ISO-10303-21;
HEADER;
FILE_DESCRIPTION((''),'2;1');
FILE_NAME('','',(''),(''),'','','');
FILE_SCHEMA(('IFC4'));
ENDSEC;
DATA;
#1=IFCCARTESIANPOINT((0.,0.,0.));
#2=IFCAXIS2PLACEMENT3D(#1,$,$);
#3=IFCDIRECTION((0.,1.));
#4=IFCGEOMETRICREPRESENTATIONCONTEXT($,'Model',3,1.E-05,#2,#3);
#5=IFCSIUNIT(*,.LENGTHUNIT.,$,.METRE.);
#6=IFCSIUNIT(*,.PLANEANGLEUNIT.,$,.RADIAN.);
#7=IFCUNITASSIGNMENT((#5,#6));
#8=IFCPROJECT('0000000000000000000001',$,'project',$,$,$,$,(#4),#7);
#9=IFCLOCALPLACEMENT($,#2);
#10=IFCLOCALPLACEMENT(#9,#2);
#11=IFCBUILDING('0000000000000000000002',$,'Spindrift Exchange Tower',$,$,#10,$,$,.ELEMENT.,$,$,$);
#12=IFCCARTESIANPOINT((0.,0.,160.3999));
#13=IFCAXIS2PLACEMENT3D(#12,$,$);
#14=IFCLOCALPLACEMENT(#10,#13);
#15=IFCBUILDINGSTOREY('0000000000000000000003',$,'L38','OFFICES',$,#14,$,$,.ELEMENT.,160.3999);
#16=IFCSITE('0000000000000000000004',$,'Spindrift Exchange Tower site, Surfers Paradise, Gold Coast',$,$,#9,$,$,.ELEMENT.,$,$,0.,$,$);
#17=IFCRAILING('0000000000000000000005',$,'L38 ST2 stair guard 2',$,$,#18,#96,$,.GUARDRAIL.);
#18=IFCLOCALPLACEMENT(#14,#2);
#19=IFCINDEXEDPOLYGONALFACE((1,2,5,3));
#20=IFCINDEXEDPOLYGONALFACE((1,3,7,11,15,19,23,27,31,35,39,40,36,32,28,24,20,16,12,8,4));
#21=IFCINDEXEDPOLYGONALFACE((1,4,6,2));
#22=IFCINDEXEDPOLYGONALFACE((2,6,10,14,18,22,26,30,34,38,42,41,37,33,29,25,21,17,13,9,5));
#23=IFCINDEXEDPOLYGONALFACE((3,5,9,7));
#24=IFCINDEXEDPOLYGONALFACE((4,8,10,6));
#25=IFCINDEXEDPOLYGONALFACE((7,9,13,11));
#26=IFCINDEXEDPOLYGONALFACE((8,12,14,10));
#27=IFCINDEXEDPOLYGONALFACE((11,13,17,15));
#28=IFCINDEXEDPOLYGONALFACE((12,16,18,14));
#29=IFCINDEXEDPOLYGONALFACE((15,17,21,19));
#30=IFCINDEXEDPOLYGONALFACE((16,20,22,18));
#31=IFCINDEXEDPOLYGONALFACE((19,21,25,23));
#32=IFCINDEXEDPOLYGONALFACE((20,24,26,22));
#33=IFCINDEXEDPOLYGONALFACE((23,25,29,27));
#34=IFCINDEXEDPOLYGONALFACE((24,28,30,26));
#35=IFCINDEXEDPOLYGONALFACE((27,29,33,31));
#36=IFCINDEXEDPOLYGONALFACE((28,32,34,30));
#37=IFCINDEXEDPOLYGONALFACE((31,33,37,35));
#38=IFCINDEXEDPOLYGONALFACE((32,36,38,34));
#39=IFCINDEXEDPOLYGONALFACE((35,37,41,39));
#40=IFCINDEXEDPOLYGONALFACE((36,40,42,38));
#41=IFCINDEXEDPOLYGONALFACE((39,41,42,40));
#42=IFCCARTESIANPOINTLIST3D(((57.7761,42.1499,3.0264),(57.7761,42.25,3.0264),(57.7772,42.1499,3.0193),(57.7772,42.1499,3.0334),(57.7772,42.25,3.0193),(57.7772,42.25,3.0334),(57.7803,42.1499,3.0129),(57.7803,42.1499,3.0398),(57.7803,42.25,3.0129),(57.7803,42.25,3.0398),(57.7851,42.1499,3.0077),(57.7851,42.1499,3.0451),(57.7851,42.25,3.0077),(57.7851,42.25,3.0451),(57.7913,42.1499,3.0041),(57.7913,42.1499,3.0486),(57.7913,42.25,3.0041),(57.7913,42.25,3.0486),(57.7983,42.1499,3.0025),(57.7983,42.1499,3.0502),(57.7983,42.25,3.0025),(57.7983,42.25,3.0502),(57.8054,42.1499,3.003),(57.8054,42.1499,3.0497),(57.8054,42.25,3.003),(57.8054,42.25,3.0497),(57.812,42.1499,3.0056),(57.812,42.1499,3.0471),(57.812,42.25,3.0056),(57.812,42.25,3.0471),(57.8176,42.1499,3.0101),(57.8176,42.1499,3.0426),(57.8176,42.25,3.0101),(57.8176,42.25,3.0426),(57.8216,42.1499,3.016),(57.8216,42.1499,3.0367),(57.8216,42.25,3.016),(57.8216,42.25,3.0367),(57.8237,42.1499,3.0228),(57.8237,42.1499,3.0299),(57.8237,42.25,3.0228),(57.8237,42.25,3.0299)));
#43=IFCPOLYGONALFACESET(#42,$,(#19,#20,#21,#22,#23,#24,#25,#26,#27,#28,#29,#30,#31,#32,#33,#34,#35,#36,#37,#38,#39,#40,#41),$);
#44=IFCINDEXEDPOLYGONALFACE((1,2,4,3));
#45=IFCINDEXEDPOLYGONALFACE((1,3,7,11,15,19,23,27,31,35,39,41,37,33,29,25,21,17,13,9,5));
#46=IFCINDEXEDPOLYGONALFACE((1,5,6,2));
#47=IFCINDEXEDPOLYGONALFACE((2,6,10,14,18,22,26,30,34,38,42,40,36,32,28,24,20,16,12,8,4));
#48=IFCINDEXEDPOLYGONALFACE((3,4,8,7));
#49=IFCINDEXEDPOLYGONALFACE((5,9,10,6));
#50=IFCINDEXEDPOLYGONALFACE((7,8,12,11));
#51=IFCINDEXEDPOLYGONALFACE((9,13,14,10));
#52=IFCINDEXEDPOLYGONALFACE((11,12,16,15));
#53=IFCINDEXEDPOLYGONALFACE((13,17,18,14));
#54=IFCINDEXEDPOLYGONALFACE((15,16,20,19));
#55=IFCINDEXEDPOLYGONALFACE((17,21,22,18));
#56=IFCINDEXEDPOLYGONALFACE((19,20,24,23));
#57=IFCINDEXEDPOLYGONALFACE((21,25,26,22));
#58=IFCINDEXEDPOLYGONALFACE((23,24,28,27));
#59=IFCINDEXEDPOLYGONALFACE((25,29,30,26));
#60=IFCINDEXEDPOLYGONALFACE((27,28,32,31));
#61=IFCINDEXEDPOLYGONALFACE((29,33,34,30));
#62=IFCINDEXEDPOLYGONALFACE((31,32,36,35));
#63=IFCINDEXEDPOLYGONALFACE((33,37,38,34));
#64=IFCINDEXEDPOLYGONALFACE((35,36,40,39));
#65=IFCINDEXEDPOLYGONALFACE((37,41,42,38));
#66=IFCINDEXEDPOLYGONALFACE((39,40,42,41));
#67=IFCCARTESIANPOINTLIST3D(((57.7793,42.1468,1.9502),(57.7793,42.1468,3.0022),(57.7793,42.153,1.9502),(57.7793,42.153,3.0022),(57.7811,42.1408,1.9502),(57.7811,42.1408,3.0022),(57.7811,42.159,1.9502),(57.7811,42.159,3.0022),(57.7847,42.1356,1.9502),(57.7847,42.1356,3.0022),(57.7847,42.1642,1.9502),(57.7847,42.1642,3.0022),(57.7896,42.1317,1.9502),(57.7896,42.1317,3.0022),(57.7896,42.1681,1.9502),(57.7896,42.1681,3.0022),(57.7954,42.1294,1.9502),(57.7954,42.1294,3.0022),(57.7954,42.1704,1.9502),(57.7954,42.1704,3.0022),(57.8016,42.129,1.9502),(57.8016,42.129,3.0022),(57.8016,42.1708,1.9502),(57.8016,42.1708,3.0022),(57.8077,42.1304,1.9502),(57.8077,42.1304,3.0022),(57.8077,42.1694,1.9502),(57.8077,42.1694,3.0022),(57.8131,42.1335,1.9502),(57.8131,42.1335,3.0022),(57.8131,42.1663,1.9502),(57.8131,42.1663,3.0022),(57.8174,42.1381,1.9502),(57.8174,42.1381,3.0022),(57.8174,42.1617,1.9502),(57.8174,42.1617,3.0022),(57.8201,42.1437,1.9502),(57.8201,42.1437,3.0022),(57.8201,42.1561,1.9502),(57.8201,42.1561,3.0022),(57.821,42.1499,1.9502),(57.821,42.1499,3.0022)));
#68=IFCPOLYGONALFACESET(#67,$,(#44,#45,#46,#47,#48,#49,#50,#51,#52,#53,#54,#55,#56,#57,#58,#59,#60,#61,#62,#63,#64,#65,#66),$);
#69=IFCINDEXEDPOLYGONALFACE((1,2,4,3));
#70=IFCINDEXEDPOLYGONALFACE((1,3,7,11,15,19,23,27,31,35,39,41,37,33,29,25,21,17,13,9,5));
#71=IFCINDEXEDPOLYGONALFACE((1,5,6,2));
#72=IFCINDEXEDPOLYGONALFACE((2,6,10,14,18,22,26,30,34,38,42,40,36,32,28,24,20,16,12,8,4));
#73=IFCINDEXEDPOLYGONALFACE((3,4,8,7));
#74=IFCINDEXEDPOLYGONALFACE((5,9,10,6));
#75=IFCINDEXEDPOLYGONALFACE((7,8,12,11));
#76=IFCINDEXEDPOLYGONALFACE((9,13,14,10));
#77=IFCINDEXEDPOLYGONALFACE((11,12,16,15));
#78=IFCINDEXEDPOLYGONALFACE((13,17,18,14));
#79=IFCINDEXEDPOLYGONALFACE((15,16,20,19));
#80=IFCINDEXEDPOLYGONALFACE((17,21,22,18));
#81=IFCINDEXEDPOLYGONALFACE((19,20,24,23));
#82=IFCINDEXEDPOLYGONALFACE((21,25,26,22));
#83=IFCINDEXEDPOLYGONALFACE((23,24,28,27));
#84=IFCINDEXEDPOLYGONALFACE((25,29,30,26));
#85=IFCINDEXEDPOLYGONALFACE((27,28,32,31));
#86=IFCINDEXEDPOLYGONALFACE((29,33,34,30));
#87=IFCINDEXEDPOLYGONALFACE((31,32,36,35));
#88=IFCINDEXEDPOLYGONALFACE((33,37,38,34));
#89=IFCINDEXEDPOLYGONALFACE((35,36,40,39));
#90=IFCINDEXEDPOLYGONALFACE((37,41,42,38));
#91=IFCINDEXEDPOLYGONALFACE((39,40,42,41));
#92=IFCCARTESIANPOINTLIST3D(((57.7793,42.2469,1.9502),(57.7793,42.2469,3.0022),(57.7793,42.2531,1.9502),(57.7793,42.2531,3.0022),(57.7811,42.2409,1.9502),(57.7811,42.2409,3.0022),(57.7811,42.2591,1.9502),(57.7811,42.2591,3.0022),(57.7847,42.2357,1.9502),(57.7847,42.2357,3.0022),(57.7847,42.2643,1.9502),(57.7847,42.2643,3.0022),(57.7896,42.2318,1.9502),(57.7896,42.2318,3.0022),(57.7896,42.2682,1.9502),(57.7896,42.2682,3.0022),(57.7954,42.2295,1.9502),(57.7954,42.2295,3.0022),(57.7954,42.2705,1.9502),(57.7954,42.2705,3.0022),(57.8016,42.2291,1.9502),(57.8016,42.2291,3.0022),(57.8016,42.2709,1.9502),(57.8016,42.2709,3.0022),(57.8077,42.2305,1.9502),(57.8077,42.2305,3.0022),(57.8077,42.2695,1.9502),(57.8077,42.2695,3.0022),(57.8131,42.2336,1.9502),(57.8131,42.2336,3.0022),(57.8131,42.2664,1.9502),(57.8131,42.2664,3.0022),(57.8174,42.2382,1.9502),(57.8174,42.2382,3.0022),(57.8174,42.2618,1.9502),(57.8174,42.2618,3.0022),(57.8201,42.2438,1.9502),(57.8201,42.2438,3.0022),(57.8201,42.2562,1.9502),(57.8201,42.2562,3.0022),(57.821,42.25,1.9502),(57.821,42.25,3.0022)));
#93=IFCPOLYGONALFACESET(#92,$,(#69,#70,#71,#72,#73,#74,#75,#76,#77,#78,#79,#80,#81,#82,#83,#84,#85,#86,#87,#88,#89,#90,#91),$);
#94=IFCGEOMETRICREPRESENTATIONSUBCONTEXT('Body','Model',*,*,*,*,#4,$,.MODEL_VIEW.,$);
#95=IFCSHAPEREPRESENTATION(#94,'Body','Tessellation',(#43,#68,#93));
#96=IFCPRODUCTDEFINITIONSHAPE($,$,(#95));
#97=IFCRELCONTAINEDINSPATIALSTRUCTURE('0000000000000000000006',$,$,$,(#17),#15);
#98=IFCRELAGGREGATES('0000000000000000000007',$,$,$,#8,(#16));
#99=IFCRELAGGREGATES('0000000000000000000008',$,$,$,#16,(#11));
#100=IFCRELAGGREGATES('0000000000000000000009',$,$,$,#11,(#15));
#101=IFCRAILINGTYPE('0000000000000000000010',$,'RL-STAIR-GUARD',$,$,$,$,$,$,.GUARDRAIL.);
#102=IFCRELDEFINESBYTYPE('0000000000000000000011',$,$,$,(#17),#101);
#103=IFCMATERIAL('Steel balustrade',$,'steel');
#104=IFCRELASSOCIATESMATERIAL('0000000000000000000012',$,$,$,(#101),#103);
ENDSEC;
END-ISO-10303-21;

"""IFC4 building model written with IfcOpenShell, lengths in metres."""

from ifc_helpers import new_model, si_unit, direction, frame, origin, origin_2d, place, context, subcontext, project, spatial, circle, extrude, material, type_object, element, save


model = new_model("IFC4")

# Units and contexts
model_context = context("Model", 3, precision=1e-05, world=origin(), true_north=direction((0.0, 1.0)))
body_context = subcontext(model_context, "Body", "Model", "MODEL_VIEW")
ifc_project = project(units=[si_unit("LENGTHUNIT", "METRE"), si_unit("PLANEANGLEUNIT", "RADIAN")], contexts=[model_context])

# Site, building, storey
site_placement = place(None, origin())
site = spatial("IfcSite", under=ifc_project, at=site_placement, Name="Spindrift Exchange Tower site, Surfers Paradise, Gold Coast", CompositionType="ELEMENT", RefElevation=0.0)
building_placement = place(site_placement, origin())
building = spatial("IfcBuilding", under=site, at=building_placement, Name="Spindrift Exchange Tower", CompositionType="ELEMENT")
storey_placement = place(building_placement, frame((0.0, 0.0, 160.3999)))
storey = spatial("IfcBuildingStorey", under=building, at=storey_placement, Name="L38", Description="OFFICES", CompositionType="ELEMENT", Elevation=160.3999)

# Railing
ifc_material_1 = material(Name="Steel balustrade", Category="steel")
railing_type_1 = type_object("IfcRailingType", Name="RL-STAIR-GUARD", PredefinedType="GUARDRAIL", material=ifc_material_1)
railing_1_placement = place(storey_placement, frame((57.8, 42.1499, 1.9502)))
element("IfcRailing", 1, at=railing_1_placement, inside=storey, type_object=railing_type_1, Name="L38 ST2 stair guard 2", PredefinedType="GUARDRAIL", context=body_context, shape_type="SweptSolid", body=[
    extrude(circle(Radius=0.0239, at=origin_2d()), frame((0.0, 0.0, 1.0762), z_axis=(0.0, 1.0, 0.0), x_axis=(-1.0, 0.0, 0.0)), (0.0, 0.0, 1.0), 0.1001),
    extrude(circle(Radius=0.021, at=origin_2d()), origin(), (0.0, 0.0, 1.0), 1.052),
    extrude(circle(Radius=0.021, at=origin_2d()), frame((0.0, 0.1001, 0.0)), (0.0, 0.0, 1.0), 1.052),
])

save(model, "model.ifc")
